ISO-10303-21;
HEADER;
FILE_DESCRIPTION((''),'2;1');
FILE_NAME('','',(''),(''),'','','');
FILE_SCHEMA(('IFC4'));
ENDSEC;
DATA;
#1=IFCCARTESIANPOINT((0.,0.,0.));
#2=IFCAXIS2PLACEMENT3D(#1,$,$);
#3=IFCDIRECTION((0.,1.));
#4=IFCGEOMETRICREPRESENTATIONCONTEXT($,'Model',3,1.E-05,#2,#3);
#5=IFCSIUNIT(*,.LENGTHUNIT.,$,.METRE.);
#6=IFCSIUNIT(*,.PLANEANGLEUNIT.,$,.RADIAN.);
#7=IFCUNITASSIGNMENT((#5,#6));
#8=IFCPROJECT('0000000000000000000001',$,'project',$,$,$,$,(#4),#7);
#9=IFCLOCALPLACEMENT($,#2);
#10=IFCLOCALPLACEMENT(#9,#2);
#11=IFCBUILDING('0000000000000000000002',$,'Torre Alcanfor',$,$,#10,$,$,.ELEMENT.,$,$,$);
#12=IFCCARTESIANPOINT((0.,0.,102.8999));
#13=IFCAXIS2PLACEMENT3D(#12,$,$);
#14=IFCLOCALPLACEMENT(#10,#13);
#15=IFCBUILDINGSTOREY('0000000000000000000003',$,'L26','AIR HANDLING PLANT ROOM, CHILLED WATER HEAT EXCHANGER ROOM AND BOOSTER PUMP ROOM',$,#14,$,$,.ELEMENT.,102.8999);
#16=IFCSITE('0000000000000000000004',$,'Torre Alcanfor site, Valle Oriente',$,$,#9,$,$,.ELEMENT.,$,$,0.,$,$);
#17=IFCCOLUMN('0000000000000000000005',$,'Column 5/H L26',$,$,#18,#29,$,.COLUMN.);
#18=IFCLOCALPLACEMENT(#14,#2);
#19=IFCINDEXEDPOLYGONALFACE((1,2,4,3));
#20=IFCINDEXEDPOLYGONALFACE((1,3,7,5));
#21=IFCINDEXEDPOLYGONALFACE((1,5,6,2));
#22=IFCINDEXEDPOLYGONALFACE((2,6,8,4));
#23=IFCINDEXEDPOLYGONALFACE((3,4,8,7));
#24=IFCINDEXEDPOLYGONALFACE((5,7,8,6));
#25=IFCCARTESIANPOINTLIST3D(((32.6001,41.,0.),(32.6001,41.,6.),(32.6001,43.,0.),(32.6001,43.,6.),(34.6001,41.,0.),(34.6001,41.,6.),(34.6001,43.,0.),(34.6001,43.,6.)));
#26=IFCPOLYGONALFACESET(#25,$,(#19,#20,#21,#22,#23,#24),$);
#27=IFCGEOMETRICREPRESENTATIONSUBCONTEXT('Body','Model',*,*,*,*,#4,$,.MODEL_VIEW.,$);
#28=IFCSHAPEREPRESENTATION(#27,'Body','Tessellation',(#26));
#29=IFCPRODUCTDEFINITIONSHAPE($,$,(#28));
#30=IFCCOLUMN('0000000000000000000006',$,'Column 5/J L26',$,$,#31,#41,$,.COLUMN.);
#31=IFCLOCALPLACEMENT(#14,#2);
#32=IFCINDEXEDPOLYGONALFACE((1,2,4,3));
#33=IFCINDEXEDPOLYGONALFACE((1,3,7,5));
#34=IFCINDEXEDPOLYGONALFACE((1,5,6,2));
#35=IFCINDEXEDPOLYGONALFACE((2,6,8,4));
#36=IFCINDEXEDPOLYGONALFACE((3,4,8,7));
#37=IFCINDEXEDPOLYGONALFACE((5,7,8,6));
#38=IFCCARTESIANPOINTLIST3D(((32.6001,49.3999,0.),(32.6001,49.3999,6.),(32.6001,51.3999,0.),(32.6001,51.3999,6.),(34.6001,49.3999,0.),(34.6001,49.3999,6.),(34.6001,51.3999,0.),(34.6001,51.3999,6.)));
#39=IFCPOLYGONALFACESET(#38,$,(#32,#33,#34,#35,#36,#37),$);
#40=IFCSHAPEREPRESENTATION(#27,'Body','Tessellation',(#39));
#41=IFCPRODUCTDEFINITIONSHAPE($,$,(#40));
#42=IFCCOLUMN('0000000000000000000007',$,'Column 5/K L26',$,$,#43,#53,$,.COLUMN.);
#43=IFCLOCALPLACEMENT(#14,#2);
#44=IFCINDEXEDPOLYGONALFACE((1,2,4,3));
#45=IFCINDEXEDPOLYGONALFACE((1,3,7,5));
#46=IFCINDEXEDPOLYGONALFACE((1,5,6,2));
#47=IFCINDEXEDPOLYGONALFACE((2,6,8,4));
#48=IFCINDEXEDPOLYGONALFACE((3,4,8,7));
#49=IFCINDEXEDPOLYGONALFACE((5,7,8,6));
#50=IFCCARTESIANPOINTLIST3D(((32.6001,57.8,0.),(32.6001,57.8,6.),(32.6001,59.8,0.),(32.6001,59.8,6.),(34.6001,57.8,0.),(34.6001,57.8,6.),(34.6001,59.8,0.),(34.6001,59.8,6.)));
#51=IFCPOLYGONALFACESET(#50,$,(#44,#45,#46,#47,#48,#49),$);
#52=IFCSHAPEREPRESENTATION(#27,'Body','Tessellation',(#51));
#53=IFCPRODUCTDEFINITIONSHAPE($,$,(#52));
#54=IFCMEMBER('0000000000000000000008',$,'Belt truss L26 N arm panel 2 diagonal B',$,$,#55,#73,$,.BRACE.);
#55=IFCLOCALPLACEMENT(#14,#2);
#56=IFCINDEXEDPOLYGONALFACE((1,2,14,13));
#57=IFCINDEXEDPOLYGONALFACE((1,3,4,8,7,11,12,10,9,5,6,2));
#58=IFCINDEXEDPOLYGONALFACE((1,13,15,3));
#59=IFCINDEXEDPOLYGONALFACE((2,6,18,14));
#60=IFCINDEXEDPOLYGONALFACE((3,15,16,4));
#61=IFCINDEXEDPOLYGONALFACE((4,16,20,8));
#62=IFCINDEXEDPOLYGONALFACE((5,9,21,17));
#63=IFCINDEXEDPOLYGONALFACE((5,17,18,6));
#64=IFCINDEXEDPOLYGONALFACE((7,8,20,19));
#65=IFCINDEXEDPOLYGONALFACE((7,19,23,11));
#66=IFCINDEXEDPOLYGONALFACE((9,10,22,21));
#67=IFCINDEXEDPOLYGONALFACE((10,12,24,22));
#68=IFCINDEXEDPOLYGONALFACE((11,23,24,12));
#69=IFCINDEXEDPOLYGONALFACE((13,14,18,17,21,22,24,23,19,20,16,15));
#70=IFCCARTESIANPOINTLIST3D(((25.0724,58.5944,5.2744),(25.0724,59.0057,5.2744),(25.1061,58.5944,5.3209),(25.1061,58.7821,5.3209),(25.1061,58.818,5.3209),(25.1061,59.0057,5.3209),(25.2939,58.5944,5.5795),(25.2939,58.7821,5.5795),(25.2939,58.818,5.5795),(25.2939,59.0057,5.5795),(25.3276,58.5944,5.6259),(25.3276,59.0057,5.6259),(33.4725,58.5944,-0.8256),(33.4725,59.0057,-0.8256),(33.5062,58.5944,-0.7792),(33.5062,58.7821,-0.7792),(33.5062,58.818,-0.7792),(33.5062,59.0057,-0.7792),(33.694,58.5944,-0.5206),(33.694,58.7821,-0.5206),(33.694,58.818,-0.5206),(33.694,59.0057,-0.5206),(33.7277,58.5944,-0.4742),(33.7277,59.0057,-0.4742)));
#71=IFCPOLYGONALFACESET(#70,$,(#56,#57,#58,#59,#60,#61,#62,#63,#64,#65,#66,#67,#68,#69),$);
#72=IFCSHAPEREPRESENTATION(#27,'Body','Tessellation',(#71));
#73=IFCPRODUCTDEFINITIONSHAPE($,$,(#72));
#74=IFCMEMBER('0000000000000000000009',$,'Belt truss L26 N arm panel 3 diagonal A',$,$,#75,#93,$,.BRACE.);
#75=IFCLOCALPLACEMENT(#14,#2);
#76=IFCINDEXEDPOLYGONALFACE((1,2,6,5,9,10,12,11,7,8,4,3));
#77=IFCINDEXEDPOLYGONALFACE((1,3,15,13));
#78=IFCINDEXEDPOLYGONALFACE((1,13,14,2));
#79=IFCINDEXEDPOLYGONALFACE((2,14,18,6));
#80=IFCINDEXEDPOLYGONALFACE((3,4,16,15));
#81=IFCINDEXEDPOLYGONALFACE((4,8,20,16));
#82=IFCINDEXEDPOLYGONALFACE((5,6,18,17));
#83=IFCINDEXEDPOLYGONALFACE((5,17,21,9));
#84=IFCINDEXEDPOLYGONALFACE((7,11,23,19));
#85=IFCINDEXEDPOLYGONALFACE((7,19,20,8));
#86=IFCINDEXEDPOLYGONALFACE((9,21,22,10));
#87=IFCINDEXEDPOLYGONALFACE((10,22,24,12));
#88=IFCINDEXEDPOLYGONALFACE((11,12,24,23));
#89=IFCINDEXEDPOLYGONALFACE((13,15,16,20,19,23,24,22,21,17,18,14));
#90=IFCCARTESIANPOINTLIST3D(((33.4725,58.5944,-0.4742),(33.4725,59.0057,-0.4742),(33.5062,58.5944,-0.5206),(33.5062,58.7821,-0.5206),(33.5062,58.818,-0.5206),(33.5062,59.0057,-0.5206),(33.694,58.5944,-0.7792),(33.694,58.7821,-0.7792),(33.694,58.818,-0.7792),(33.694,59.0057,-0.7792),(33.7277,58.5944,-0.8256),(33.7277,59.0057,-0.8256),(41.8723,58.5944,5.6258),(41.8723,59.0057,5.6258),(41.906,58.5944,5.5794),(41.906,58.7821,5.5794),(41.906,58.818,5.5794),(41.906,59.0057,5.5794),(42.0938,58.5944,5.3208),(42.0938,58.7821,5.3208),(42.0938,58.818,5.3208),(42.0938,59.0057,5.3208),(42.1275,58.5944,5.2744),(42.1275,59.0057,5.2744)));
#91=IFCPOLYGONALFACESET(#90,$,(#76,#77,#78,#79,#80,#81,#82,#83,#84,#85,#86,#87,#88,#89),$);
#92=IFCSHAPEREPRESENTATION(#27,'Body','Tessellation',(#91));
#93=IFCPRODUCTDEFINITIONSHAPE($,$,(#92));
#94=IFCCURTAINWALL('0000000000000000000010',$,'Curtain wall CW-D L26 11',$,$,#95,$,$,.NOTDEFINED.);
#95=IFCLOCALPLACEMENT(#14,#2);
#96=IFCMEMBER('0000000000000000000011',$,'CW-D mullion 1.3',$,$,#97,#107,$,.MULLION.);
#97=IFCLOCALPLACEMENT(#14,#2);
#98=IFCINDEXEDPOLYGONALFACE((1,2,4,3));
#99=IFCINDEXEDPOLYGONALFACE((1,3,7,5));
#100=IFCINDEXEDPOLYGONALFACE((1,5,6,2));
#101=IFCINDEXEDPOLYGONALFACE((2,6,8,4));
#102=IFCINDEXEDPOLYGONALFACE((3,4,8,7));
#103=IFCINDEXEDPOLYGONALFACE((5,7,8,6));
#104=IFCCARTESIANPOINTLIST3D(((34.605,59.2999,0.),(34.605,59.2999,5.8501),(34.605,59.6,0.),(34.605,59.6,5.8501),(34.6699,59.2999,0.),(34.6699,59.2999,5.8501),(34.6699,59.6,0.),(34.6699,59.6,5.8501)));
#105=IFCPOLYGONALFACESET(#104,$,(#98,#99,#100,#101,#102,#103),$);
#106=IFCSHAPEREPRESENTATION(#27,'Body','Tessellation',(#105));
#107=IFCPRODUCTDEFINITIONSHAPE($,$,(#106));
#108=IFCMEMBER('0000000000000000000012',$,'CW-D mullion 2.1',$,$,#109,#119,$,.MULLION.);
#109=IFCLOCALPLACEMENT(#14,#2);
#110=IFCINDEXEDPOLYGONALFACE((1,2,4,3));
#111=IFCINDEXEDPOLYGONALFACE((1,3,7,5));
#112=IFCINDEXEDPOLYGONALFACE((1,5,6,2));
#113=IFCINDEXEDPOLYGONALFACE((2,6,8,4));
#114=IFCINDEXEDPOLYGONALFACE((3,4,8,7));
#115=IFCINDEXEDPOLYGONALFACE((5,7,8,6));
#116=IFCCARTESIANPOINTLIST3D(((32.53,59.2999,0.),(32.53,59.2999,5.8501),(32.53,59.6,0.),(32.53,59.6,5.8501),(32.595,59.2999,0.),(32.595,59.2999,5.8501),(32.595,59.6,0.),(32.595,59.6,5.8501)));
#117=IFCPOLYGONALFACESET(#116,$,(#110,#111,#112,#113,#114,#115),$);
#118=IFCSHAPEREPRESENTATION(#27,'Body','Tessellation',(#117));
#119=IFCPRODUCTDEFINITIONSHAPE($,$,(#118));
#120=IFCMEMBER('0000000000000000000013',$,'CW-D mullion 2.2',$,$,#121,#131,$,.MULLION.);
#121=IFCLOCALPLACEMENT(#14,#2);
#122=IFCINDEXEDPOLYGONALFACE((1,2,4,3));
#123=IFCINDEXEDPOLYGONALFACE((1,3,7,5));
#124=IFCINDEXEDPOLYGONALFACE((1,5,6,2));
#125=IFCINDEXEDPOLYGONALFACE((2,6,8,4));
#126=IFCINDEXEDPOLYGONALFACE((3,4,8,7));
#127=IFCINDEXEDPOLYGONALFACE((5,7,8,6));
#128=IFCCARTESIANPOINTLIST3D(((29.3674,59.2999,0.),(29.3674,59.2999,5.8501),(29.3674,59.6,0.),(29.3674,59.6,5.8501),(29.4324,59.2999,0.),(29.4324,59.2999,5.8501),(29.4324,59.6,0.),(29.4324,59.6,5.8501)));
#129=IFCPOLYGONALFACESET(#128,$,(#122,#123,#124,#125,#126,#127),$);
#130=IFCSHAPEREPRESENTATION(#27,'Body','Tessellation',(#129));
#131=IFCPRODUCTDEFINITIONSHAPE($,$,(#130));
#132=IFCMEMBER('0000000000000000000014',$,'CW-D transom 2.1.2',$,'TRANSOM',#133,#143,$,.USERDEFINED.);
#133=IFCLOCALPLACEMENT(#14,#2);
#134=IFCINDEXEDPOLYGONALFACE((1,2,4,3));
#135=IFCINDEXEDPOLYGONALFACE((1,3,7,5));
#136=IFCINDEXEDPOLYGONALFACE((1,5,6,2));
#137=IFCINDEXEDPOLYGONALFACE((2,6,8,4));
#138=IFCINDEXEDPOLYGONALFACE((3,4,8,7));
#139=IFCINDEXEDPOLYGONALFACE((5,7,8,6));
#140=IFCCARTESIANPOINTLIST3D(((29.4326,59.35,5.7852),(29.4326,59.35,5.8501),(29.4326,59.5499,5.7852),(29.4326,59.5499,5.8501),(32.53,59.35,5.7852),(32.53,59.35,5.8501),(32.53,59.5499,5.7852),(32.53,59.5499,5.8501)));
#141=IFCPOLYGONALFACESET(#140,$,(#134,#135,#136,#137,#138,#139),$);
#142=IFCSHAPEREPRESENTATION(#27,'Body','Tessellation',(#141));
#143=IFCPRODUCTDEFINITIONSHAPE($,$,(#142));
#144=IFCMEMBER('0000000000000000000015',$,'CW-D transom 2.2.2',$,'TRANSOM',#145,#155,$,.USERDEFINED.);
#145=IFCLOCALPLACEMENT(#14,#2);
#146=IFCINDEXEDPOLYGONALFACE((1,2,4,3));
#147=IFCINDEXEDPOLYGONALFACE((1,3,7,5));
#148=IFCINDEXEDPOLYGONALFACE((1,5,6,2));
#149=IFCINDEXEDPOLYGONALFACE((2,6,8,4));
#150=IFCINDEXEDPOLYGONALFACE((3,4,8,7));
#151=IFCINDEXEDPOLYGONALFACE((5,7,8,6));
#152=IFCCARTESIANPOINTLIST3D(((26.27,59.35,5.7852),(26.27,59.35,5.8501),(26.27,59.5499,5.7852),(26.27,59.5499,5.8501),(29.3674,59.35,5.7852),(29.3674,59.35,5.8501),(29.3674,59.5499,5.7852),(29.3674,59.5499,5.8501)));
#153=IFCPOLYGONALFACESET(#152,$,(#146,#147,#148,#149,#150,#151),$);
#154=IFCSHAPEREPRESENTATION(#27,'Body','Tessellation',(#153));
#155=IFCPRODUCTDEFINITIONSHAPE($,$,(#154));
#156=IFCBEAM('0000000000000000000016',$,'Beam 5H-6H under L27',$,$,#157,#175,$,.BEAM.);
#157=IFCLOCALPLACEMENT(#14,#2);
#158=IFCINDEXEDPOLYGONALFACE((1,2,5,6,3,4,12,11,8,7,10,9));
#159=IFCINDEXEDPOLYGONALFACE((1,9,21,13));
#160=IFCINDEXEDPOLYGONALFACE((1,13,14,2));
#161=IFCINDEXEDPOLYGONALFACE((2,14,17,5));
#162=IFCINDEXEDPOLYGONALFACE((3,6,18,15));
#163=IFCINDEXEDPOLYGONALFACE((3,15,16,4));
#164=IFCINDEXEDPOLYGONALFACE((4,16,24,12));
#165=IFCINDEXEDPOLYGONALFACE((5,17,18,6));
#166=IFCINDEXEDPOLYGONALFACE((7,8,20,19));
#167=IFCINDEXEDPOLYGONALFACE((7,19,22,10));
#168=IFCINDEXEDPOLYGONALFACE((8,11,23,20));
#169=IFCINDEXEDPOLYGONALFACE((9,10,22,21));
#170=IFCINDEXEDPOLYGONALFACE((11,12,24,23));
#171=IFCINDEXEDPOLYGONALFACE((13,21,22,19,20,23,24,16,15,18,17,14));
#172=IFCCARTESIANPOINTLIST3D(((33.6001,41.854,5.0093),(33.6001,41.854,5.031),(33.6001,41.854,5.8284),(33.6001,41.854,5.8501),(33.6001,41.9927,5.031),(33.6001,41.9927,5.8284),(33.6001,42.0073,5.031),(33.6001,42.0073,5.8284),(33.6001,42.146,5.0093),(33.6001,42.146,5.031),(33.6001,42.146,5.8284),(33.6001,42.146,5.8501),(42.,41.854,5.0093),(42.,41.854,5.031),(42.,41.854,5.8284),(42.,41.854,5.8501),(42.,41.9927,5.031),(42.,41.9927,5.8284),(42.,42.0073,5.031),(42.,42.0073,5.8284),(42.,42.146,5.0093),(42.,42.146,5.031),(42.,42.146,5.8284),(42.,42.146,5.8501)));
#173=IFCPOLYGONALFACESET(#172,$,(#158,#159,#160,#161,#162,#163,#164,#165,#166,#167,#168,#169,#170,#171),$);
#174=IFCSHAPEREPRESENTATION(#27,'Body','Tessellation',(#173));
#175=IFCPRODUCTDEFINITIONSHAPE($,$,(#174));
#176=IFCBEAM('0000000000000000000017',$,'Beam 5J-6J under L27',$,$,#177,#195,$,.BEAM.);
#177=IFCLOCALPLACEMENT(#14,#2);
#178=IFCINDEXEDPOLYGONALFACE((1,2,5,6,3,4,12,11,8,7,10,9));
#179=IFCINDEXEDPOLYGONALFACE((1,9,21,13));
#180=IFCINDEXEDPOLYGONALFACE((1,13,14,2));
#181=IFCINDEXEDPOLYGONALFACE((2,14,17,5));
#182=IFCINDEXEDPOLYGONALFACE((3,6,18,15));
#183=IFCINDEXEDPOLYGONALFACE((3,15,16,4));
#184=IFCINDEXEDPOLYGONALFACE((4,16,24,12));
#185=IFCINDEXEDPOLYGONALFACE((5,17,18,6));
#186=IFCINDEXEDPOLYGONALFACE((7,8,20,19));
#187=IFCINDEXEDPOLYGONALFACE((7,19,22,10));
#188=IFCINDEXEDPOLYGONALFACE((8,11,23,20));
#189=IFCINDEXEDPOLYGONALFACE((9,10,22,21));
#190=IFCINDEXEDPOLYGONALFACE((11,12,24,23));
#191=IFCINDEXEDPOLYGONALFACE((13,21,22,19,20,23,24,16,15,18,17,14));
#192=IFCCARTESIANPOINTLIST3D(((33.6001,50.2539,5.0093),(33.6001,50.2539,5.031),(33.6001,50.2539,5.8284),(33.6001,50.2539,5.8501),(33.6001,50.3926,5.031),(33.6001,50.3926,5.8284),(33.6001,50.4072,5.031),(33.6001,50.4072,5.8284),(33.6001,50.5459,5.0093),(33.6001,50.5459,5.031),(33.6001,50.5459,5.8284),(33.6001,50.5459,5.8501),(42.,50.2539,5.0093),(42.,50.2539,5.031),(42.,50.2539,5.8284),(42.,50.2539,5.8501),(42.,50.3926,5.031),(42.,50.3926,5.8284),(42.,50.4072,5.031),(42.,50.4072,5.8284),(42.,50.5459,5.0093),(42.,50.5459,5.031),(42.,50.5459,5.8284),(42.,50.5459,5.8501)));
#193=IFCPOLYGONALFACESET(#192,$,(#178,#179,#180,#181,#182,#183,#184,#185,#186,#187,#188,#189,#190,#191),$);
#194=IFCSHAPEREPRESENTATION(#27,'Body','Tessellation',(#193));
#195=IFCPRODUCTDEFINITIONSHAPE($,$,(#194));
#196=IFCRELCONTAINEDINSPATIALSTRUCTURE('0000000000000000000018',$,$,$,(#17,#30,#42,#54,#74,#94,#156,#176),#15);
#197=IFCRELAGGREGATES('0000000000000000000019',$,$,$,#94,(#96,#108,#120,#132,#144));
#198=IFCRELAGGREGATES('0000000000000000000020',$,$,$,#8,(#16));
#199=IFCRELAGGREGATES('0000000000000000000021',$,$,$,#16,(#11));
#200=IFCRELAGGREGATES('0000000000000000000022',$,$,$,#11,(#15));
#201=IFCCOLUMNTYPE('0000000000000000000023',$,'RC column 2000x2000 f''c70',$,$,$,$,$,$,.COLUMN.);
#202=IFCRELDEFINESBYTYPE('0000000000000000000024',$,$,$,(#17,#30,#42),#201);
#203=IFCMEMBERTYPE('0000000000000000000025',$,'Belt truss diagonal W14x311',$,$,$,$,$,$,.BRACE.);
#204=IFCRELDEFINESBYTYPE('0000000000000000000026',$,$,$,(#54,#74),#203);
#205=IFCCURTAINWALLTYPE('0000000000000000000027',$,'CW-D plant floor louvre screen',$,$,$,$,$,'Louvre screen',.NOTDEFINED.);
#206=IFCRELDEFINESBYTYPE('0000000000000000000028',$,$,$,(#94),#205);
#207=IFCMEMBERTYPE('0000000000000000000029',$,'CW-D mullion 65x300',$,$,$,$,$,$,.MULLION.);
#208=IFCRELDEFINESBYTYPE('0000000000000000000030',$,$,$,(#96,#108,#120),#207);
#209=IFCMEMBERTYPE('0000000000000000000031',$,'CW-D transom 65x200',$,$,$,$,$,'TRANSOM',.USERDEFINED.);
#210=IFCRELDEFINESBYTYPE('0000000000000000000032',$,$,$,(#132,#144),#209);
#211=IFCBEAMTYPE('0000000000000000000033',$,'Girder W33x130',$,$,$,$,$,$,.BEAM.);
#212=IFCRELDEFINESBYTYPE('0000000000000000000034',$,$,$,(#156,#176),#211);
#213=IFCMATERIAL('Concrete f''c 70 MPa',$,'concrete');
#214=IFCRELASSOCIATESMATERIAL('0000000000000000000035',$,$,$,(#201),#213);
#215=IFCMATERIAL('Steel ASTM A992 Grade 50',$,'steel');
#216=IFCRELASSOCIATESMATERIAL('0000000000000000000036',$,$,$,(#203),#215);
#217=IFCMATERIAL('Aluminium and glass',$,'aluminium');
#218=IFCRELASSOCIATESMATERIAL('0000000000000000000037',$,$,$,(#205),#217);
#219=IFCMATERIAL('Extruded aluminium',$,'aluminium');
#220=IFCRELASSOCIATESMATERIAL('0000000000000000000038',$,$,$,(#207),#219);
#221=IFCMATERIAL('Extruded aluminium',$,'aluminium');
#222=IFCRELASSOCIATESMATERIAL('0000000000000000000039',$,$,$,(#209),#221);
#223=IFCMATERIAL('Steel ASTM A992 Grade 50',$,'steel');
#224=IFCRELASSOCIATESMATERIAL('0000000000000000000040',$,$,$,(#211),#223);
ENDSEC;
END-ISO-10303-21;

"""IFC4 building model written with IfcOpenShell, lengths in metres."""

from ifc_helpers import new_model, si_unit, direction, frame, origin, origin_2d, place, context, subcontext, project, spatial, rectangle, i_section, extrude, material, material_profile, profile_set, type_object, element, aggregate, save


model = new_model("IFC4")

# Units and contexts
model_context = context("Model", 3, precision=1e-05, world=origin(), true_north=direction((0.0, 1.0)))
body_context = subcontext(model_context, "Body", "Model", "MODEL_VIEW")
ifc_project = project(units=[si_unit("LENGTHUNIT", "METRE"), si_unit("PLANEANGLEUNIT", "RADIAN")], contexts=[model_context])

# Site, building, storey
site_placement = place(None, origin())
site = spatial("IfcSite", under=ifc_project, at=site_placement, Name="Torre Alcanfor site, Valle Oriente", CompositionType="ELEMENT", RefElevation=0.0)
building_placement = place(site_placement, origin())
building = spatial("IfcBuilding", under=site, at=building_placement, Name="Torre Alcanfor", CompositionType="ELEMENT")
storey_placement = place(building_placement, frame((0.0, 0.0, 102.8999)))
storey = spatial("IfcBuildingStorey", under=building, at=storey_placement, Name="L26", Description="AIR HANDLING PLANT ROOM, CHILLED WATER HEAT EXCHANGER ROOM AND BOOSTER PUMP ROOM", CompositionType="ELEMENT", Elevation=102.8999)

# Columns
ifc_material_1 = material(Name="Concrete f'c 70 MPa", Category="concrete")
ifc_material_profile_1 = material_profile(ifc_material_1, rectangle(XDim=2.0, YDim=2.0, at=origin_2d()), Name="2000x2000")
ifc_profile_set_1 = profile_set([ifc_material_profile_1], Name="Concrete f'c 70 MPa")
column_type = type_object("IfcColumnType", Name="RC column 2000x2000 f'c70", PredefinedType="COLUMN", material=ifc_profile_set_1)
for number, where, z_axis, x_axis, name in (
    (1, (33.6001, 42.0, 0.0), (0.0, 0.0, 1.0), (1.0, 0.0, 0.0), "Column 5/H L26"),
    (2, (33.6001, 50.3999, 0.0), (0.0, 0.0, 1.0), (1.0, 0.0, 0.0), "Column 5/J L26"),
    (3, (33.6001, 58.8, 0.0), (0.0, 0.0, 1.0), (1.0, 0.0, 0.0), "Column 5/K L26"),
):
    element("IfcColumn", number, at=place(storey_placement, frame(where, z_axis=z_axis, x_axis=x_axis)), inside=storey, type_object=column_type, Name=name, PredefinedType="COLUMN", context=body_context, shape_type="SweptSolid", body=[
        extrude(rectangle(XDim=2.0, YDim=2.0, at=origin_2d()), origin(), (0.0, 0.0, 1.0), 6.0),
    ])

# Members
ifc_material_2 = material(Name="Steel ASTM A992 Grade 50", Category="steel")
ifc_material_profile_2 = material_profile(ifc_material_2, i_section(OverallWidth=0.4114, OverallDepth=0.4343, WebThickness=0.0359, FlangeThickness=0.0574, at=origin_2d()), Name="W14x311")
ifc_profile_set_2 = profile_set([ifc_material_profile_2], Name="Steel ASTM A992 Grade 50")
member_type_1 = type_object("IfcMemberType", Name="Belt truss diagonal W14x311", PredefinedType="BRACE", material=ifc_profile_set_2)
member_1_placement = place(storey_placement, frame((33.6001, 58.8, -0.6499), z_axis=(-0.809153, 0.0, 0.587598), x_axis=(0.0, -1.0, 0.0)))
element("IfcMember", 4, at=member_1_placement, inside=storey, type_object=member_type_1, Name="Belt truss L26 N arm panel 2 diagonal B", PredefinedType="BRACE", context=body_context, shape_type="SweptSolid", body=[
    extrude(i_section(OverallWidth=0.4114, OverallDepth=0.4343, WebThickness=0.0359, FlangeThickness=0.0574, at=origin_2d()), origin(), (0.0, 0.0, 1.0), 10.3813),
])
member_2_placement = place(storey_placement, frame((33.6001, 58.8, -0.6499), z_axis=(0.809145, 0.0, 0.587609), x_axis=(0.0, 1.0, 0.0)))
element("IfcMember", 5, at=member_2_placement, inside=storey, type_object=member_type_1, Name="Belt truss L26 N arm panel 3 diagonal A", PredefinedType="BRACE", context=body_context, shape_type="SweptSolid", body=[
    extrude(i_section(OverallWidth=0.4114, OverallDepth=0.4343, WebThickness=0.0359, FlangeThickness=0.0574, at=origin_2d()), origin(), (0.0, 0.0, 1.0), 10.3811),
])

# Curtain wall, members
ifc_material_3 = material(Name="Aluminium and glass", Category="aluminium")
curtain_wall_type = type_object("IfcCurtainWallType", Name="CW-D plant floor louvre screen", ElementType="Louvre screen", PredefinedType="NOTDEFINED", material=ifc_material_3)
curtain_wall_placement = place(storey_placement, origin())
curtain_wall = element("IfcCurtainWall", 6, at=curtain_wall_placement, inside=storey, type_object=curtain_wall_type, Name="Curtain wall CW-D L26 11", PredefinedType="NOTDEFINED")
ifc_material_4 = material(Name="Extruded aluminium", Category="aluminium")
ifc_material_profile_3 = material_profile(ifc_material_4, rectangle(XDim=0.3, YDim=0.0649, at=origin_2d()), Name="CW-D mullion 65x300")
ifc_profile_set_3 = profile_set([ifc_material_profile_3], Name="Extruded aluminium")
member_type_2 = type_object("IfcMemberType", Name="CW-D mullion 65x300", PredefinedType="MULLION", material=ifc_profile_set_3)
member_3_placement = place(storey_placement, frame((34.6375, 59.45, 0.0), z_axis=(0.0, 0.0, 1.0), x_axis=(0.0, -1.0, 0.0)))
member_3 = element("IfcMember", 7, at=member_3_placement, type_object=member_type_2, Name="CW-D mullion 1.3", PredefinedType="MULLION", context=body_context, shape_type="SweptSolid", body=[
    extrude(rectangle(XDim=0.3, YDim=0.0649, at=origin_2d()), origin(), (0.0, 0.0, 1.0), 5.8501),
])
member_4_placement = place(storey_placement, frame((32.5625, 59.45, 0.0), z_axis=(0.0, 0.0, 1.0), x_axis=(0.0, -1.0, 0.0)))
member_4 = element("IfcMember", 8, at=member_4_placement, type_object=member_type_2, Name="CW-D mullion 2.1", PredefinedType="MULLION", context=body_context, shape_type="SweptSolid", body=[
    extrude(rectangle(XDim=0.3, YDim=0.0649, at=origin_2d()), origin(), (0.0, 0.0, 1.0), 5.8501),
])
member_5_placement = place(storey_placement, frame((29.3999, 59.45, 0.0), z_axis=(0.0, 0.0, 1.0), x_axis=(0.0, -1.0, 0.0)))
member_5 = element("IfcMember", 9, at=member_5_placement, type_object=member_type_2, Name="CW-D mullion 2.2", PredefinedType="MULLION", context=body_context, shape_type="SweptSolid", body=[
    extrude(rectangle(XDim=0.3, YDim=0.0649, at=origin_2d()), origin(), (0.0, 0.0, 1.0), 5.8501),
])
ifc_material_5 = material(Name="Extruded aluminium", Category="aluminium")
ifc_material_profile_4 = material_profile(ifc_material_5, rectangle(XDim=0.2, YDim=0.0649, at=origin_2d()), Name="CW-D transom 200x65")
ifc_profile_set_4 = profile_set([ifc_material_profile_4], Name="Extruded aluminium")
member_type_3 = type_object("IfcMemberType", Name="CW-D transom 65x200", ElementType="TRANSOM", PredefinedType="USERDEFINED", material=ifc_profile_set_4)
member_6_placement = place(storey_placement, frame((32.53, 59.45, 5.8176), z_axis=(-1.0, 0.0, 0.0), x_axis=(0.0, -1.0, 0.0)))
member_6 = element("IfcMember", 10, at=member_6_placement, type_object=member_type_3, Name="CW-D transom 2.1.2", ObjectType="TRANSOM", PredefinedType="USERDEFINED", context=body_context, shape_type="SweptSolid", body=[
    extrude(rectangle(XDim=0.2, YDim=0.0649, at=origin_2d()), origin(), (0.0, 0.0, 1.0), 3.0974),
])
member_7_placement = place(storey_placement, frame((29.3674, 59.45, 5.8176), z_axis=(-1.0, 0.0, 0.0), x_axis=(0.0, -1.0, 0.0)))
member_7 = element("IfcMember", 11, at=member_7_placement, type_object=member_type_3, Name="CW-D transom 2.2.2", ObjectType="TRANSOM", PredefinedType="USERDEFINED", context=body_context, shape_type="SweptSolid", body=[
    extrude(rectangle(XDim=0.2, YDim=0.0649, at=origin_2d()), origin(), (0.0, 0.0, 1.0), 3.0974),
])

# Beams
ifc_material_6 = material(Name="Steel ASTM A992 Grade 50", Category="steel")
ifc_material_profile_5 = material_profile(ifc_material_6, i_section(OverallWidth=0.292, OverallDepth=0.8408, WebThickness=0.0146, FlangeThickness=0.0217, at=origin_2d()), Name="W33x130")
ifc_profile_set_5 = profile_set([ifc_material_profile_5], Name="Steel ASTM A992 Grade 50")
beam_type_1 = type_object("IfcBeamType", Name="Girder W33x130", PredefinedType="BEAM", material=ifc_profile_set_5)
for number, where, z_axis, x_axis, name in (
    (12, (33.6001, 42.0, 5.4297), (1.0, 0.0, 0.0), (0.0, 1.0, 0.0), "Beam 5H-6H under L27"),
    (13, (33.6001, 50.3999, 5.4297), (1.0, 0.0, 0.0), (0.0, 1.0, 0.0), "Beam 5J-6J under L27"),
):
    element("IfcBeam", number, at=place(storey_placement, frame(where, z_axis=z_axis, x_axis=x_axis)), inside=storey, type_object=beam_type_1, Name=name, PredefinedType="BEAM", context=body_context, shape_type="SweptSolid", body=[
        extrude(i_section(OverallWidth=0.292, OverallDepth=0.8408, WebThickness=0.0146, FlangeThickness=0.0217, at=origin_2d()), origin(), (0.0, 0.0, 1.0), 8.3999),
    ])

aggregate(curtain_wall, [member_3, member_4, member_5, member_6, member_7])

save(model, "model.ifc")
